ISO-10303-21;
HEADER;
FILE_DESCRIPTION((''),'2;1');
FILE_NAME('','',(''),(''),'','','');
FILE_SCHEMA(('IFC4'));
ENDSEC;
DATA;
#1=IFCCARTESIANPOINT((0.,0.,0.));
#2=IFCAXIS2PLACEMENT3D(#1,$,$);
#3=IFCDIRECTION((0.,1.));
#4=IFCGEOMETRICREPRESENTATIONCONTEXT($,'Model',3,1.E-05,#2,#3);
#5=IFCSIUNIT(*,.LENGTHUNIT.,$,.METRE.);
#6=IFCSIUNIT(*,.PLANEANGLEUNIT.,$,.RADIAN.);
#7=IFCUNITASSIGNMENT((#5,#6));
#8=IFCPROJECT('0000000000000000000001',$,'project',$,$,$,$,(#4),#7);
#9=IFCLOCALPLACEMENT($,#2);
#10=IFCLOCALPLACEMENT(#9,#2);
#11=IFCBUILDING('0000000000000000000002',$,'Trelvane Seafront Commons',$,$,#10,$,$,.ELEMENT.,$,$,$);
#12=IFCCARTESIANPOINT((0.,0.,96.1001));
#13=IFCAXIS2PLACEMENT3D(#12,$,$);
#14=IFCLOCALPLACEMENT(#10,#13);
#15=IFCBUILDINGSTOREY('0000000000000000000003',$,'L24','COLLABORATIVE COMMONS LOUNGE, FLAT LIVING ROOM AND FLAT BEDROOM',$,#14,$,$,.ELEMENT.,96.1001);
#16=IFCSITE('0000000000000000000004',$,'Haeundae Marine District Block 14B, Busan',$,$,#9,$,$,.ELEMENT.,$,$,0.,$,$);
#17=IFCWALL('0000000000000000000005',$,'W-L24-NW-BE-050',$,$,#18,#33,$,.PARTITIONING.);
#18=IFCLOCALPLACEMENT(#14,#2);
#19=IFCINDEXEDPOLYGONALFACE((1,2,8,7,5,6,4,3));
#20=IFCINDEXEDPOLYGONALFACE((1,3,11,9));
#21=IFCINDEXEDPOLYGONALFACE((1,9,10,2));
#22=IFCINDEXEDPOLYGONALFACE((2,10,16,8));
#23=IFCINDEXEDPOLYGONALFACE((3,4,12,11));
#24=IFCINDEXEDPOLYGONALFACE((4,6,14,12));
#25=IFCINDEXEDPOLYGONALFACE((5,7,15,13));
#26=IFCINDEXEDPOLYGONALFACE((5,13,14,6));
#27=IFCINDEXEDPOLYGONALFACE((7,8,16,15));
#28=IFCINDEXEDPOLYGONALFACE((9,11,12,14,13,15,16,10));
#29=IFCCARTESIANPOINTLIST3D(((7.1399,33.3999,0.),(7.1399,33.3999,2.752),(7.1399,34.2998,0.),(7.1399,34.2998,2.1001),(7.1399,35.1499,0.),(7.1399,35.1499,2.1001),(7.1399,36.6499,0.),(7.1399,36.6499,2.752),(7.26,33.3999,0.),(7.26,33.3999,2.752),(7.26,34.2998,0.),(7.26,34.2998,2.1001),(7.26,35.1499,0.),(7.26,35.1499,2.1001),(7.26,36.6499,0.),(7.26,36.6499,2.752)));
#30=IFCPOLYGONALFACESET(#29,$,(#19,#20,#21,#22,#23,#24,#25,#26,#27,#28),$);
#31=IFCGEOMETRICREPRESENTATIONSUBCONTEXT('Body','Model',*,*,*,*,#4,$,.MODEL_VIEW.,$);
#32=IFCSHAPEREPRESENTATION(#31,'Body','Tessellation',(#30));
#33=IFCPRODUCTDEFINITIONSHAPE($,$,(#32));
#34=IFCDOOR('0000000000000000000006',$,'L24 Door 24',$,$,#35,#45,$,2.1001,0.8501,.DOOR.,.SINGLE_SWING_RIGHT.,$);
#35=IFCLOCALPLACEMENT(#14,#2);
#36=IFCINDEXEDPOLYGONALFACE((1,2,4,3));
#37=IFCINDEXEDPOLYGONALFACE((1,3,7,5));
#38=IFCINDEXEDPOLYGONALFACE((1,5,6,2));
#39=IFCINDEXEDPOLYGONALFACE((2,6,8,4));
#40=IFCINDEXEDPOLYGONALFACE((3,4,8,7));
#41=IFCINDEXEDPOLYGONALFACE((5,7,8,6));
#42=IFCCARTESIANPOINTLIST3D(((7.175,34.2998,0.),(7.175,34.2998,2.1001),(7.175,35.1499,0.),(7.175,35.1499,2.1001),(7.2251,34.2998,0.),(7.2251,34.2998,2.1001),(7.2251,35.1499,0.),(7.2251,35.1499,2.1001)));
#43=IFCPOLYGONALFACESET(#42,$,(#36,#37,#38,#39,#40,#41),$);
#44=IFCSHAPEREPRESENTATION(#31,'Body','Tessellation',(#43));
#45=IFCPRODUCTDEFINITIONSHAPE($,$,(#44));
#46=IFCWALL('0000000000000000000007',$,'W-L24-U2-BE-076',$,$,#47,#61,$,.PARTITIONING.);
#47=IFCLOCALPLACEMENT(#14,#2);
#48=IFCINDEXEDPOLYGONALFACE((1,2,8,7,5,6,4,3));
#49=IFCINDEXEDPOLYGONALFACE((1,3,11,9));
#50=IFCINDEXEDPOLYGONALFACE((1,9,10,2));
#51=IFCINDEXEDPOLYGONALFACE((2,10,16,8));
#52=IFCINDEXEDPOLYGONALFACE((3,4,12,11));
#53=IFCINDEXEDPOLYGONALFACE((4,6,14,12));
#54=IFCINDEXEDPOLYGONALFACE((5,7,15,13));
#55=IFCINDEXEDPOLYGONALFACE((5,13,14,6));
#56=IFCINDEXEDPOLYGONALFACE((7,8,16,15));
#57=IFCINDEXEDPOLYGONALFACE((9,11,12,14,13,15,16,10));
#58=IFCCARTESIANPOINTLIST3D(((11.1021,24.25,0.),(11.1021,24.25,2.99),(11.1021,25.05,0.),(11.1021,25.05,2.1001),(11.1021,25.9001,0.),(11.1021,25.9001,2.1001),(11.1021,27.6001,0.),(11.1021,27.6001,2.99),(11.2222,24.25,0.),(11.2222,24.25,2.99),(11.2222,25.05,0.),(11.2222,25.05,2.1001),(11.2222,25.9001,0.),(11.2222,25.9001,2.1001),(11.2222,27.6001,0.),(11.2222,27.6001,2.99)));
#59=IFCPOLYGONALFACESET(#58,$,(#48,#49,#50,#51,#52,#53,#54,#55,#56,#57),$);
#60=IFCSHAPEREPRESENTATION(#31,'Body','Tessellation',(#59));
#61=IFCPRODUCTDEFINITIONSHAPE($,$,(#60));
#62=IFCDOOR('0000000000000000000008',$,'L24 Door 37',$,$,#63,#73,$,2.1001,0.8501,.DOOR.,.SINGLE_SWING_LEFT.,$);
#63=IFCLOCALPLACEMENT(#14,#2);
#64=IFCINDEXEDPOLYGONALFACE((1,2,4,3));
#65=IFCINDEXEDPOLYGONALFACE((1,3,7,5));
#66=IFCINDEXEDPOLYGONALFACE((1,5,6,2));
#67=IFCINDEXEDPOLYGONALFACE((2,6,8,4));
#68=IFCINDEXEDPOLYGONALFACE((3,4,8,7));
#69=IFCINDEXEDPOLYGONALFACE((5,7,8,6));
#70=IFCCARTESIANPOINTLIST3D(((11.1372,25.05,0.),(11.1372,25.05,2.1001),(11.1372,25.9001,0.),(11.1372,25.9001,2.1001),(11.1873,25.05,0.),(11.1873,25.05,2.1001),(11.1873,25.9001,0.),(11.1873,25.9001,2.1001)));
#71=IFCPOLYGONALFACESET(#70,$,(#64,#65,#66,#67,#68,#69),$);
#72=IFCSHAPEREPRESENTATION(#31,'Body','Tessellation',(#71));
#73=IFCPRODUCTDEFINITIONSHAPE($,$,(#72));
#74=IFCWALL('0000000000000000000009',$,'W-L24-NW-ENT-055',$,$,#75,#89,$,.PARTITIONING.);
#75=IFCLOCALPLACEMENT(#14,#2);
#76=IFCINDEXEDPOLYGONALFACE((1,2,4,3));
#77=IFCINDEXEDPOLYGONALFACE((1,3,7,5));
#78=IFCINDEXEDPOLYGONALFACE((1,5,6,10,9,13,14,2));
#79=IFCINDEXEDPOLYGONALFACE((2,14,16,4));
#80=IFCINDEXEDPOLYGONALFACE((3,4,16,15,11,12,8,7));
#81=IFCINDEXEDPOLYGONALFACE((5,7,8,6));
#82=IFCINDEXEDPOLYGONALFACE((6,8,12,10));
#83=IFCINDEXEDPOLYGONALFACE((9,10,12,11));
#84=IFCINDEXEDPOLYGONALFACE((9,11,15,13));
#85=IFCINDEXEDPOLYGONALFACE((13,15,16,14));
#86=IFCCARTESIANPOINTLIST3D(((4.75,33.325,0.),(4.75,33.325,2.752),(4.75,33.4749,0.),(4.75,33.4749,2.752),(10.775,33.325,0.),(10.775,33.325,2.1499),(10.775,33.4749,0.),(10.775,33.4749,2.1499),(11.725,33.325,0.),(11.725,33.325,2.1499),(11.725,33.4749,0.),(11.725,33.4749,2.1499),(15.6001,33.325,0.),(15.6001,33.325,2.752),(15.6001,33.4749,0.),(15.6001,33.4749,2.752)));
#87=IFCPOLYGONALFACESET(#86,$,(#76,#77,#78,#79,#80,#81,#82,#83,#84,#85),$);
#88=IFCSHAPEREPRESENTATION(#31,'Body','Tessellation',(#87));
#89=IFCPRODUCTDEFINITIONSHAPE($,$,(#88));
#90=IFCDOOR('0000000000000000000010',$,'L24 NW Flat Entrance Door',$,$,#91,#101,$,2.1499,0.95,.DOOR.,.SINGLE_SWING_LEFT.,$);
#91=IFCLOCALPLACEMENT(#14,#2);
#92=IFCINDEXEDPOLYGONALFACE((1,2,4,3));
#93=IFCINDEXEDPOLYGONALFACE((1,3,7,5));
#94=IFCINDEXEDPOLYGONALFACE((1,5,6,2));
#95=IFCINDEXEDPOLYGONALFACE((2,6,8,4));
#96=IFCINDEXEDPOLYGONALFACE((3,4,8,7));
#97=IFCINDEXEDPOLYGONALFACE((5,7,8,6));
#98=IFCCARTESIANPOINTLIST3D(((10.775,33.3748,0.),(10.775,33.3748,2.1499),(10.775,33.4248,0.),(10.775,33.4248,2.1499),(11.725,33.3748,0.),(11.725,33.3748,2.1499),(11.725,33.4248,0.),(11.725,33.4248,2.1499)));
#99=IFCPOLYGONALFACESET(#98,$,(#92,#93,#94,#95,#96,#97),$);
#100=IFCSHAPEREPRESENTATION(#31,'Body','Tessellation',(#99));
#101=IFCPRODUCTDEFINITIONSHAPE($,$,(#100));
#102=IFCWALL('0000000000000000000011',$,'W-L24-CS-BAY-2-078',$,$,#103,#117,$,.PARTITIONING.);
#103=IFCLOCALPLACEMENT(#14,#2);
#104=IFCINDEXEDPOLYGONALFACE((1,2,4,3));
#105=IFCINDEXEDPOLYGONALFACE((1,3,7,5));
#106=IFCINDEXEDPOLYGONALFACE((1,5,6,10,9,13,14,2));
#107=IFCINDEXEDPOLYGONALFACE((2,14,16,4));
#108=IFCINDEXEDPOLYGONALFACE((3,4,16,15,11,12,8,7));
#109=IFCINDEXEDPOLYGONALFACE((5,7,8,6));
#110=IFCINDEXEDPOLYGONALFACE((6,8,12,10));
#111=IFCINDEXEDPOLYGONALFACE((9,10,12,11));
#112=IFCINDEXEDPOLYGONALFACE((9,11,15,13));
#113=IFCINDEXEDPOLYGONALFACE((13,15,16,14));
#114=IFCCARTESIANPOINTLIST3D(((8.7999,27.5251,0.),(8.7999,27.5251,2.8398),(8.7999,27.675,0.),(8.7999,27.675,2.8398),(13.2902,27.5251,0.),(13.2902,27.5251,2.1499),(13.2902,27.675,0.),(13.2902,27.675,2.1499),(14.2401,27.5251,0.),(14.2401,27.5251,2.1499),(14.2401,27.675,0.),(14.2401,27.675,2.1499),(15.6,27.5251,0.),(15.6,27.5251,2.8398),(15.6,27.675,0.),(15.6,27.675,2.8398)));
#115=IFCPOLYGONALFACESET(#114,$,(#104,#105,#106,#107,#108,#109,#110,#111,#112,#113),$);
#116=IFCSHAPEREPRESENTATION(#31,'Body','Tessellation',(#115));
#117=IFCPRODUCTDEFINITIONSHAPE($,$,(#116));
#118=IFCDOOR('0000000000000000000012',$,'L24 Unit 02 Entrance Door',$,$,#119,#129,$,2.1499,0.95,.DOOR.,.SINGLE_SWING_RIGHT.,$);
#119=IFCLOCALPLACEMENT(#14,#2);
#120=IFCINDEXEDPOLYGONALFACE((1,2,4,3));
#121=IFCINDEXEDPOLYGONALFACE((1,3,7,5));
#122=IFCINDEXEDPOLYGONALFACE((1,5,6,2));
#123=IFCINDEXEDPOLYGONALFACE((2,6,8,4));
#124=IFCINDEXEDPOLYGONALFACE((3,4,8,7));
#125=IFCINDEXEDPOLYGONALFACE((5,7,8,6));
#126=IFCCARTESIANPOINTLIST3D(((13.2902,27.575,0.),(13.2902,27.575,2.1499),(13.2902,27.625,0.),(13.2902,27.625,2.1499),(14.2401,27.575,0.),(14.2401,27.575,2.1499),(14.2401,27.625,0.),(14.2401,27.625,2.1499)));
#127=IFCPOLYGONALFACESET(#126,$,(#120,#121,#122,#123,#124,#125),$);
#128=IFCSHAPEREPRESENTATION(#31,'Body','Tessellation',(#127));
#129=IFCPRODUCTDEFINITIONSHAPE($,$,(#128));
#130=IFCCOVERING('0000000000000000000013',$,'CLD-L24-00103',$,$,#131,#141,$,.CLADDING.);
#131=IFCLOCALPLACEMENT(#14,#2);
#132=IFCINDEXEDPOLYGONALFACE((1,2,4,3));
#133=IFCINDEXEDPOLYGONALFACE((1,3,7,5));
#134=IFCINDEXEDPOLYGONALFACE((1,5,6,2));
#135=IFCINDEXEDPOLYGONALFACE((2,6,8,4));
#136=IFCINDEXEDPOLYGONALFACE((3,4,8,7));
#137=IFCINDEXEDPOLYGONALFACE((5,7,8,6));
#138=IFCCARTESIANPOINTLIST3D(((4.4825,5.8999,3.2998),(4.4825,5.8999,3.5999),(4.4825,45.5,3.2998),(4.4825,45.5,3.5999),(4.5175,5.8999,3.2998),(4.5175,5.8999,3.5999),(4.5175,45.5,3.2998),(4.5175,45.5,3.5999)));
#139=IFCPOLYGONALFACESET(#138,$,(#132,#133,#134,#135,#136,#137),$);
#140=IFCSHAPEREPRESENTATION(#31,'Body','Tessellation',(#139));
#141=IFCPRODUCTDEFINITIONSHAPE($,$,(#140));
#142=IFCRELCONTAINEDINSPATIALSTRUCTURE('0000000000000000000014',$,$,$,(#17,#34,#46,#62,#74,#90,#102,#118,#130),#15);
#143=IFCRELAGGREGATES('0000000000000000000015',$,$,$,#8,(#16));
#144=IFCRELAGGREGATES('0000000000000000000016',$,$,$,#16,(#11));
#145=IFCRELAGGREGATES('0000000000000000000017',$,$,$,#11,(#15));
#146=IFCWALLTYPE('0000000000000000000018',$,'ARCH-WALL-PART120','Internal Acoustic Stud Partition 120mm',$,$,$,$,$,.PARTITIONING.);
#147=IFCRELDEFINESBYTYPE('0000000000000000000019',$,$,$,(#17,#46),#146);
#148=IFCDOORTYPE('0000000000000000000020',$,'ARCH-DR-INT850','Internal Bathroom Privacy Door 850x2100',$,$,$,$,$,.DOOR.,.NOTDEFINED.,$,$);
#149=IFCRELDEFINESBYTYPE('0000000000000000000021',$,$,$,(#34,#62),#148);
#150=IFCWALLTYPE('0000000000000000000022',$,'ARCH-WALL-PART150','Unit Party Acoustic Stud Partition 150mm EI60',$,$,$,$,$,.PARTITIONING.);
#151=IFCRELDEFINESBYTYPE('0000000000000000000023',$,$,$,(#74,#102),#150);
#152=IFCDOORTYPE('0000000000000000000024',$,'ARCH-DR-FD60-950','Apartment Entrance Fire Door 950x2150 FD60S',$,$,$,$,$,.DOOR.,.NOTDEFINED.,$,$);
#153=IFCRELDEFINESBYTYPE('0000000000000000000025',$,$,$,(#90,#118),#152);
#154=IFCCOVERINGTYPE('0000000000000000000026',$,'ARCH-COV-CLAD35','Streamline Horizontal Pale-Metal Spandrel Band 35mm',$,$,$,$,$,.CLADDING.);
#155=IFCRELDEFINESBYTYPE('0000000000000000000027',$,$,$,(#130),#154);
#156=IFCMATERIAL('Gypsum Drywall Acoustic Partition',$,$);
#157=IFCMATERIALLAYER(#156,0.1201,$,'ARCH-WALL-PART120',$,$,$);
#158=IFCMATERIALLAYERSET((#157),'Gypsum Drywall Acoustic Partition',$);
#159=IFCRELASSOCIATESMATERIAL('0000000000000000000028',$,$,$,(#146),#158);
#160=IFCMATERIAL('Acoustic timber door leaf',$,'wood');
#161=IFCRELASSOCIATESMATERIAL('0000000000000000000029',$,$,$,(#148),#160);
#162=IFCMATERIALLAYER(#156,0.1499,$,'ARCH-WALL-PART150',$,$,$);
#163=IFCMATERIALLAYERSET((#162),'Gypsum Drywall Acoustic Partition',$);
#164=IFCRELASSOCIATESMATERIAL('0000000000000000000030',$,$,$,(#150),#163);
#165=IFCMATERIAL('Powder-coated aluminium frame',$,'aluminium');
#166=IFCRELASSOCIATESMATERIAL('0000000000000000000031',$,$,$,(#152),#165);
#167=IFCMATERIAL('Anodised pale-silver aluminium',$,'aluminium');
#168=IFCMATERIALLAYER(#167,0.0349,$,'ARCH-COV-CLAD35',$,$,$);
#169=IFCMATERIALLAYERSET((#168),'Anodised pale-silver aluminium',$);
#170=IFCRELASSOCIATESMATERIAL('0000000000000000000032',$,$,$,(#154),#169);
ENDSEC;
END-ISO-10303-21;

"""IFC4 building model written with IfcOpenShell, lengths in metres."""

from ifc_helpers import new_model, si_unit, direction, frame, frame_2d, origin, origin_2d, place, context, subcontext, project, spatial, rectangle, extrude, source, transform, mapped, material, layer, layer_set, type_object, element, fill, save


model = new_model("IFC4")

# Units and contexts
model_context = context("Model", 3, precision=1e-05, world=origin(), true_north=direction((0.0, 1.0)))
body_context = subcontext(model_context, "Body", "Model", "MODEL_VIEW")
ifc_project = project(units=[si_unit("LENGTHUNIT", "METRE"), si_unit("PLANEANGLEUNIT", "RADIAN")], contexts=[model_context])

# Site, building, storey
site_placement = place(None, origin())
site = spatial("IfcSite", under=ifc_project, at=site_placement, Name="Haeundae Marine District Block 14B, Busan", CompositionType="ELEMENT", RefElevation=0.0)
building_placement = place(site_placement, origin())
building = spatial("IfcBuilding", under=site, at=building_placement, Name="Trelvane Seafront Commons", CompositionType="ELEMENT")
storey_placement = place(building_placement, frame((0.0, 0.0, 96.1001)))
storey = spatial("IfcBuildingStorey", under=building, at=storey_placement, Name="L24", Description="COLLABORATIVE COMMONS LOUNGE, FLAT LIVING ROOM AND FLAT BEDROOM", CompositionType="ELEMENT", Elevation=96.1001)

# Shared definitions
ifc_material_1 = material(Name="Anodised pale-silver aluminium", Category="aluminium")

# Walls, openings, doors
ifc_material_2 = material(Name="Gypsum Drywall Acoustic Partition")
ifc_layer_1 = layer(ifc_material_2, 0.1201, Name="ARCH-WALL-PART120")
ifc_layer_set_1 = layer_set([ifc_layer_1], Name="Gypsum Drywall Acoustic Partition")
wall_type_1 = type_object("IfcWallType", Name="ARCH-WALL-PART120", Description="Internal Acoustic Stud Partition 120mm", PredefinedType="PARTITIONING", material=ifc_layer_set_1)
ifc_material_3 = material(Name="Acoustic timber door leaf", Category="wood")
shared_shape_1 = source(origin(), body_context, "Body", "SweptSolid", [
    extrude(rectangle(XDim=0.95, YDim=2.1499, at=frame_2d((0.4751, 1.075))), frame((0.0, 0.0249, 0.0), z_axis=(0.0, -1.0, 0.0), x_axis=(1.0, 0.0, 0.0)), (0.0, 0.0, 1.0), 0.05),
])
wall_1_placement = place(storey_placement, frame((7.2, 33.3999, 0.0), z_axis=(0.0, 0.0, 1.0), x_axis=(0.0, 1.0, 0.0)))
wall_1 = element("IfcWall", 1, at=wall_1_placement, inside=storey, type_object=wall_type_1, Name="W-L24-NW-BE-050", PredefinedType="PARTITIONING", context=body_context, shape_type="SweptSolid", body=[
    extrude(rectangle(XDim=3.25, YDim=0.1201, at=frame_2d((1.625, 0.0))), origin(), (0.0, 0.0, 1.0), 2.752),
])
opening_1_placement = place(wall_1_placement, frame((0.8999, 0.0, 0.0)))
opening_1 = element("IfcOpeningElement", 2, at=opening_1_placement, cuts=wall_1, PredefinedType="OPENING", context=body_context, shape_type="SweptSolid", body=[
    extrude(rectangle(XDim=0.8501, YDim=2.1001, at=frame_2d((0.425, 1.05))), frame((0.0, 0.0701, 0.0), z_axis=(0.0, -1.0, 0.0), x_axis=(1.0, 0.0, 0.0)), (0.0, 0.0, 1.0), 0.1401),
])
door_type_1 = type_object("IfcDoorType", Name="ARCH-DR-INT850", Description="Internal Bathroom Privacy Door 850x2100", OperationType="NOTDEFINED", PredefinedType="DOOR", material=ifc_material_3)
shared_shape_2 = source(origin(), body_context, "Body", "SweptSolid", [
    extrude(rectangle(XDim=0.8501, YDim=2.1001, at=frame_2d((0.425, 1.05))), frame((0.0, 0.0249, 0.0), z_axis=(0.0, -1.0, 0.0), x_axis=(1.0, 0.0, 0.0)), (0.0, 0.0, 1.0), 0.05),
])
door_1_placement = place(opening_1_placement, origin())
door_1 = element("IfcDoor", 3, at=door_1_placement, inside=storey, type_object=door_type_1, Name="L24 Door 24", OperationType="SINGLE_SWING_RIGHT", OverallHeight=2.1001, OverallWidth=0.8501, PredefinedType="DOOR", context=body_context, shape_type="MappedRepresentation", body=[
    mapped(shared_shape_2, transform((0.0, 0.0, 0.0), x_axis=(1.0, 0.0, 0.0), y_axis=(0.0, 1.0, 0.0), z_axis=(0.0, 0.0, 1.0), scale=1.0)),
])
fill(opening_1, door_1)
wall_2_placement = place(storey_placement, frame((11.1621, 24.25, 0.0), z_axis=(0.0, 0.0, 1.0), x_axis=(0.0, 1.0, 0.0)))
wall_2 = element("IfcWall", 4, at=wall_2_placement, inside=storey, type_object=wall_type_1, Name="W-L24-U2-BE-076", PredefinedType="PARTITIONING", context=body_context, shape_type="SweptSolid", body=[
    extrude(rectangle(XDim=3.3501, YDim=0.1201, at=frame_2d((1.675, 0.0))), origin(), (0.0, 0.0, 1.0), 2.99),
])
opening_2_placement = place(wall_2_placement, frame((0.8, 0.0, 0.0)))
opening_2 = element("IfcOpeningElement", 5, at=opening_2_placement, cuts=wall_2, PredefinedType="OPENING", context=body_context, shape_type="SweptSolid", body=[
    extrude(rectangle(XDim=0.8501, YDim=2.1001, at=frame_2d((0.425, 1.05))), frame((0.0, 0.0701, 0.0), z_axis=(0.0, -1.0, 0.0), x_axis=(1.0, 0.0, 0.0)), (0.0, 0.0, 1.0), 0.1401),
])
door_2_placement = place(opening_2_placement, origin())
door_2 = element("IfcDoor", 6, at=door_2_placement, inside=storey, type_object=door_type_1, Name="L24 Door 37", OperationType="SINGLE_SWING_LEFT", OverallHeight=2.1001, OverallWidth=0.8501, PredefinedType="DOOR", context=body_context, shape_type="MappedRepresentation", body=[
    mapped(shared_shape_2, transform((0.0, 0.0, 0.0), x_axis=(1.0, 0.0, 0.0), y_axis=(0.0, 1.0, 0.0), z_axis=(0.0, 0.0, 1.0), scale=1.0)),
])
fill(opening_2, door_2)
ifc_layer_2 = layer(ifc_material_2, 0.1499, Name="ARCH-WALL-PART150")
ifc_layer_set_2 = layer_set([ifc_layer_2], Name="Gypsum Drywall Acoustic Partition")
wall_type_2 = type_object("IfcWallType", Name="ARCH-WALL-PART150", Description="Unit Party Acoustic Stud Partition 150mm EI60", PredefinedType="PARTITIONING", material=ifc_layer_set_2)
wall_3_placement = place(storey_placement, frame((4.75, 33.3999, 0.0), z_axis=(0.0, 0.0, 1.0), x_axis=(1.0, 0.0, 0.0)))
wall_3 = element("IfcWall", 7, at=wall_3_placement, inside=storey, type_object=wall_type_2, Name="W-L24-NW-ENT-055", PredefinedType="PARTITIONING", context=body_context, shape_type="SweptSolid", body=[
    extrude(rectangle(XDim=10.8501, YDim=0.1499, at=frame_2d((5.425, 0.0))), origin(), (0.0, 0.0, 1.0), 2.752),
])
opening_3_placement = place(wall_3_placement, frame((6.0249, 0.0, 0.0)))
opening_3 = element("IfcOpeningElement", 8, at=opening_3_placement, cuts=wall_3, PredefinedType="OPENING", context=body_context, shape_type="SweptSolid", body=[
    extrude(rectangle(XDim=0.95, YDim=2.1499, at=frame_2d((0.4751, 1.075))), frame((0.0, 0.085, 0.0), z_axis=(0.0, -1.0, 0.0), x_axis=(1.0, 0.0, 0.0)), (0.0, 0.0, 1.0), 0.1699),
])
ifc_material_4 = material(Name="Powder-coated aluminium frame", Category="aluminium")
door_type_2 = type_object("IfcDoorType", Name="ARCH-DR-FD60-950", Description="Apartment Entrance Fire Door 950x2150 FD60S", OperationType="NOTDEFINED", PredefinedType="DOOR", material=ifc_material_4)
door_3_placement = place(opening_3_placement, origin())
door_3 = element("IfcDoor", 9, at=door_3_placement, inside=storey, type_object=door_type_2, Name="L24 NW Flat Entrance Door", OperationType="SINGLE_SWING_LEFT", OverallHeight=2.1499, OverallWidth=0.95, PredefinedType="DOOR", context=body_context, shape_type="MappedRepresentation", body=[
    mapped(shared_shape_1, transform((0.0, 0.0, 0.0), x_axis=(1.0, 0.0, 0.0), y_axis=(0.0, 1.0, 0.0), z_axis=(0.0, 0.0, 1.0), scale=1.0)),
])
fill(opening_3, door_3)
wall_4_placement = place(storey_placement, frame((8.8, 27.6001, 0.0), z_axis=(0.0, 0.0, 1.0), x_axis=(1.0, 0.0, 0.0)))
wall_4 = element("IfcWall", 10, at=wall_4_placement, inside=storey, type_object=wall_type_2, Name="W-L24-CS-BAY-2-078", PredefinedType="PARTITIONING", context=body_context, shape_type="SweptSolid", body=[
    extrude(rectangle(XDim=6.8, YDim=0.1499, at=frame_2d((3.3999, 0.0))), origin(), (0.0, 0.0, 1.0), 2.8398),
])
opening_4_placement = place(wall_4_placement, frame((4.49, 0.0, 0.0)))
opening_4 = element("IfcOpeningElement", 11, at=opening_4_placement, cuts=wall_4, PredefinedType="OPENING", context=body_context, shape_type="SweptSolid", body=[
    extrude(rectangle(XDim=0.95, YDim=2.1499, at=frame_2d((0.4751, 1.075))), frame((0.0, 0.085, 0.0), z_axis=(0.0, -1.0, 0.0), x_axis=(1.0, 0.0, 0.0)), (0.0, 0.0, 1.0), 0.1699),
])
door_4_placement = place(opening_4_placement, origin())
door_4 = element("IfcDoor", 12, at=door_4_placement, inside=storey, type_object=door_type_2, Name="L24 Unit 02 Entrance Door", OperationType="SINGLE_SWING_RIGHT", OverallHeight=2.1499, OverallWidth=0.95, PredefinedType="DOOR", context=body_context, shape_type="MappedRepresentation", body=[
    mapped(shared_shape_1, transform((0.0, 0.0, 0.0), x_axis=(1.0, 0.0, 0.0), y_axis=(0.0, 1.0, 0.0), z_axis=(0.0, 0.0, 1.0), scale=1.0)),
])
fill(opening_4, door_4)

# Covering
ifc_layer_3 = layer(ifc_material_1, 0.0349, Name="ARCH-COV-CLAD35")
ifc_layer_set_3 = layer_set([ifc_layer_3], Name="Anodised pale-silver aluminium")
covering_type = type_object("IfcCoveringType", Name="ARCH-COV-CLAD35", Description="Streamline Horizontal Pale-Metal Spandrel Band 35mm", PredefinedType="CLADDING", material=ifc_layer_set_3)
shared_shape_3 = source(origin(), body_context, "Body", "SweptSolid", [
    extrude(rectangle(XDim=39.6001, YDim=0.0349, at=origin_2d()), origin(), (0.0, 0.0, 1.0), 0.3),
])
covering_placement = place(storey_placement, frame((4.5, 25.7, 3.2998), z_axis=(0.0, 0.0, 1.0), x_axis=(0.0, 1.0, 0.0)))
element("IfcCovering", 13, at=covering_placement, inside=storey, type_object=covering_type, Name="CLD-L24-00103", PredefinedType="CLADDING", context=body_context, shape_type="MappedRepresentation", body=[
    mapped(shared_shape_3, transform((0.0, 0.0, 0.0), x_axis=(1.0, 0.0, 0.0), y_axis=(0.0, 1.0, 0.0), z_axis=(0.0, 0.0, 1.0), scale=1.0)),
])

save(model, "model.ifc")
